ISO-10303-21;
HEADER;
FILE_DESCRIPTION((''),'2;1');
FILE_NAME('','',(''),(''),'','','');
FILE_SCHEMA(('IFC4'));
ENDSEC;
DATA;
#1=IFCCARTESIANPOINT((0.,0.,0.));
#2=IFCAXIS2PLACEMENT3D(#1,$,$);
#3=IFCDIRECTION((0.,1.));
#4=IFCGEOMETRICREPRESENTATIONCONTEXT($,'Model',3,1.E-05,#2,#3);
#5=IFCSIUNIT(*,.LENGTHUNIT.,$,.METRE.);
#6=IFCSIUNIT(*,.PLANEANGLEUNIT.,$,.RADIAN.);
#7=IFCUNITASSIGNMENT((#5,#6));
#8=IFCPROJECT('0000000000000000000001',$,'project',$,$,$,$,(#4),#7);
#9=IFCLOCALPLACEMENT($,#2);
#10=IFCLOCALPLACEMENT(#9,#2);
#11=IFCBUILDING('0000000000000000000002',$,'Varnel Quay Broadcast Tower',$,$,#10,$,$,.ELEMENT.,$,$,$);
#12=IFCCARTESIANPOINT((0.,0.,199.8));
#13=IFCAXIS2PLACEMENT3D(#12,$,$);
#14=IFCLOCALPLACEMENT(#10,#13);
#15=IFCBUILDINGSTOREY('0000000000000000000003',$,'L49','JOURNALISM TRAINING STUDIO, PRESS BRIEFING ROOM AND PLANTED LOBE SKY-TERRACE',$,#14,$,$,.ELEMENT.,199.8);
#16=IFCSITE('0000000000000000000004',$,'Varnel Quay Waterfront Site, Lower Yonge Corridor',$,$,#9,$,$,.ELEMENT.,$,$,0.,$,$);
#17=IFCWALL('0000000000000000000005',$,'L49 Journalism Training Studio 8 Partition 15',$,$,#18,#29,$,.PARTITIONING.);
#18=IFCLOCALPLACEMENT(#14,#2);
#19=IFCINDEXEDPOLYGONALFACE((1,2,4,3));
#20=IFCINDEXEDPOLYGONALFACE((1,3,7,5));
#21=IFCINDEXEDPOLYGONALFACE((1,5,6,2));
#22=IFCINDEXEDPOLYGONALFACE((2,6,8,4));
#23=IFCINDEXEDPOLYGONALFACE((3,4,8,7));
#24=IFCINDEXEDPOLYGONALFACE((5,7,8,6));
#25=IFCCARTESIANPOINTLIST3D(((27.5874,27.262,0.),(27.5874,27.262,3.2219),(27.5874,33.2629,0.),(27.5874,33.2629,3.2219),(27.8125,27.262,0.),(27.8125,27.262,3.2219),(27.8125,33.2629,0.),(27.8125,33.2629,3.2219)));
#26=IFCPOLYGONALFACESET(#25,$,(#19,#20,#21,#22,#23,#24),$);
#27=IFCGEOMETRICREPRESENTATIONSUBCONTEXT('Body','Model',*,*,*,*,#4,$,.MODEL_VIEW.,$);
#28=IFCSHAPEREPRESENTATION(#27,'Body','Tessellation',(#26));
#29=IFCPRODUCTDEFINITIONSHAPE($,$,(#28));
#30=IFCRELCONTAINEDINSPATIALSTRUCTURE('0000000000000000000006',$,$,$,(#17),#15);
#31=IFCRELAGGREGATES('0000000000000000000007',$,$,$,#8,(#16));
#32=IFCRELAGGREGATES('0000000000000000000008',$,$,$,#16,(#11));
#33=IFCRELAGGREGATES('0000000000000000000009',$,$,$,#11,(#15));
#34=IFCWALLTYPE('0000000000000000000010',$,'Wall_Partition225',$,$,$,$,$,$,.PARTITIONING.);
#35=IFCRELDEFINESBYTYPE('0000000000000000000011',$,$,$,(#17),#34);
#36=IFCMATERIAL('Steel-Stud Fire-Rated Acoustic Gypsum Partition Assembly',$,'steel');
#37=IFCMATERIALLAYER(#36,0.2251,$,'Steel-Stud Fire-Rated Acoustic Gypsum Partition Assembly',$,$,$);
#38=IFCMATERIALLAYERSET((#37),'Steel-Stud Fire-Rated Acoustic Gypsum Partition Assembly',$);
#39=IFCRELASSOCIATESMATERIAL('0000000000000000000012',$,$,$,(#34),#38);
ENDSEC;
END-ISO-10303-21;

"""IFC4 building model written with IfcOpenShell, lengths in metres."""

from ifc_helpers import new_model, si_unit, direction, frame, frame_2d, origin, place, context, subcontext, project, spatial, rectangle, extrude, material, layer, layer_set, type_object, element, save


model = new_model("IFC4")

# Units and contexts
model_context = context("Model", 3, precision=1e-05, world=origin(), true_north=direction((0.0, 1.0)))
body_context = subcontext(model_context, "Body", "Model", "MODEL_VIEW")
ifc_project = project(units=[si_unit("LENGTHUNIT", "METRE"), si_unit("PLANEANGLEUNIT", "RADIAN")], contexts=[model_context])

# Site, building, storey
site_placement = place(None, origin())
site = spatial("IfcSite", under=ifc_project, at=site_placement, Name="Varnel Quay Waterfront Site, Lower Yonge Corridor", CompositionType="ELEMENT", RefElevation=0.0)
building_placement = place(site_placement, origin())
building = spatial("IfcBuilding", under=site, at=building_placement, Name="Varnel Quay Broadcast Tower", CompositionType="ELEMENT")
storey_placement = place(building_placement, frame((0.0, 0.0, 199.8)))
storey = spatial("IfcBuildingStorey", under=building, at=storey_placement, Name="L49", Description="JOURNALISM TRAINING STUDIO, PRESS BRIEFING ROOM AND PLANTED LOBE SKY-TERRACE", CompositionType="ELEMENT", Elevation=199.8)

# Wall
ifc_material_1 = material(Name="Steel-Stud Fire-Rated Acoustic Gypsum Partition Assembly", Category="steel")
ifc_layer_1 = layer(ifc_material_1, 0.2251, Name="Steel-Stud Fire-Rated Acoustic Gypsum Partition Assembly")
ifc_layer_set_1 = layer_set([ifc_layer_1], Name="Steel-Stud Fire-Rated Acoustic Gypsum Partition Assembly")
wall_type_1 = type_object("IfcWallType", Name="Wall_Partition225", PredefinedType="PARTITIONING", material=ifc_layer_set_1)
wall_1_placement = place(storey_placement, frame((27.7, 27.262, 0.0), z_axis=(0.0, 0.0, 1.0), x_axis=(0.0, 1.0, 0.0)))
element("IfcWall", 1, at=wall_1_placement, inside=storey, type_object=wall_type_1, Name="L49 Journalism Training Studio 8 Partition 15", PredefinedType="PARTITIONING", context=body_context, shape_type="SweptSolid", body=[
    extrude(rectangle(XDim=6.001, YDim=0.2251, at=frame_2d((3.0005, 0.0))), origin(), (0.0, 0.0, 1.0), 3.2219),
])

save(model, "model.ifc")
